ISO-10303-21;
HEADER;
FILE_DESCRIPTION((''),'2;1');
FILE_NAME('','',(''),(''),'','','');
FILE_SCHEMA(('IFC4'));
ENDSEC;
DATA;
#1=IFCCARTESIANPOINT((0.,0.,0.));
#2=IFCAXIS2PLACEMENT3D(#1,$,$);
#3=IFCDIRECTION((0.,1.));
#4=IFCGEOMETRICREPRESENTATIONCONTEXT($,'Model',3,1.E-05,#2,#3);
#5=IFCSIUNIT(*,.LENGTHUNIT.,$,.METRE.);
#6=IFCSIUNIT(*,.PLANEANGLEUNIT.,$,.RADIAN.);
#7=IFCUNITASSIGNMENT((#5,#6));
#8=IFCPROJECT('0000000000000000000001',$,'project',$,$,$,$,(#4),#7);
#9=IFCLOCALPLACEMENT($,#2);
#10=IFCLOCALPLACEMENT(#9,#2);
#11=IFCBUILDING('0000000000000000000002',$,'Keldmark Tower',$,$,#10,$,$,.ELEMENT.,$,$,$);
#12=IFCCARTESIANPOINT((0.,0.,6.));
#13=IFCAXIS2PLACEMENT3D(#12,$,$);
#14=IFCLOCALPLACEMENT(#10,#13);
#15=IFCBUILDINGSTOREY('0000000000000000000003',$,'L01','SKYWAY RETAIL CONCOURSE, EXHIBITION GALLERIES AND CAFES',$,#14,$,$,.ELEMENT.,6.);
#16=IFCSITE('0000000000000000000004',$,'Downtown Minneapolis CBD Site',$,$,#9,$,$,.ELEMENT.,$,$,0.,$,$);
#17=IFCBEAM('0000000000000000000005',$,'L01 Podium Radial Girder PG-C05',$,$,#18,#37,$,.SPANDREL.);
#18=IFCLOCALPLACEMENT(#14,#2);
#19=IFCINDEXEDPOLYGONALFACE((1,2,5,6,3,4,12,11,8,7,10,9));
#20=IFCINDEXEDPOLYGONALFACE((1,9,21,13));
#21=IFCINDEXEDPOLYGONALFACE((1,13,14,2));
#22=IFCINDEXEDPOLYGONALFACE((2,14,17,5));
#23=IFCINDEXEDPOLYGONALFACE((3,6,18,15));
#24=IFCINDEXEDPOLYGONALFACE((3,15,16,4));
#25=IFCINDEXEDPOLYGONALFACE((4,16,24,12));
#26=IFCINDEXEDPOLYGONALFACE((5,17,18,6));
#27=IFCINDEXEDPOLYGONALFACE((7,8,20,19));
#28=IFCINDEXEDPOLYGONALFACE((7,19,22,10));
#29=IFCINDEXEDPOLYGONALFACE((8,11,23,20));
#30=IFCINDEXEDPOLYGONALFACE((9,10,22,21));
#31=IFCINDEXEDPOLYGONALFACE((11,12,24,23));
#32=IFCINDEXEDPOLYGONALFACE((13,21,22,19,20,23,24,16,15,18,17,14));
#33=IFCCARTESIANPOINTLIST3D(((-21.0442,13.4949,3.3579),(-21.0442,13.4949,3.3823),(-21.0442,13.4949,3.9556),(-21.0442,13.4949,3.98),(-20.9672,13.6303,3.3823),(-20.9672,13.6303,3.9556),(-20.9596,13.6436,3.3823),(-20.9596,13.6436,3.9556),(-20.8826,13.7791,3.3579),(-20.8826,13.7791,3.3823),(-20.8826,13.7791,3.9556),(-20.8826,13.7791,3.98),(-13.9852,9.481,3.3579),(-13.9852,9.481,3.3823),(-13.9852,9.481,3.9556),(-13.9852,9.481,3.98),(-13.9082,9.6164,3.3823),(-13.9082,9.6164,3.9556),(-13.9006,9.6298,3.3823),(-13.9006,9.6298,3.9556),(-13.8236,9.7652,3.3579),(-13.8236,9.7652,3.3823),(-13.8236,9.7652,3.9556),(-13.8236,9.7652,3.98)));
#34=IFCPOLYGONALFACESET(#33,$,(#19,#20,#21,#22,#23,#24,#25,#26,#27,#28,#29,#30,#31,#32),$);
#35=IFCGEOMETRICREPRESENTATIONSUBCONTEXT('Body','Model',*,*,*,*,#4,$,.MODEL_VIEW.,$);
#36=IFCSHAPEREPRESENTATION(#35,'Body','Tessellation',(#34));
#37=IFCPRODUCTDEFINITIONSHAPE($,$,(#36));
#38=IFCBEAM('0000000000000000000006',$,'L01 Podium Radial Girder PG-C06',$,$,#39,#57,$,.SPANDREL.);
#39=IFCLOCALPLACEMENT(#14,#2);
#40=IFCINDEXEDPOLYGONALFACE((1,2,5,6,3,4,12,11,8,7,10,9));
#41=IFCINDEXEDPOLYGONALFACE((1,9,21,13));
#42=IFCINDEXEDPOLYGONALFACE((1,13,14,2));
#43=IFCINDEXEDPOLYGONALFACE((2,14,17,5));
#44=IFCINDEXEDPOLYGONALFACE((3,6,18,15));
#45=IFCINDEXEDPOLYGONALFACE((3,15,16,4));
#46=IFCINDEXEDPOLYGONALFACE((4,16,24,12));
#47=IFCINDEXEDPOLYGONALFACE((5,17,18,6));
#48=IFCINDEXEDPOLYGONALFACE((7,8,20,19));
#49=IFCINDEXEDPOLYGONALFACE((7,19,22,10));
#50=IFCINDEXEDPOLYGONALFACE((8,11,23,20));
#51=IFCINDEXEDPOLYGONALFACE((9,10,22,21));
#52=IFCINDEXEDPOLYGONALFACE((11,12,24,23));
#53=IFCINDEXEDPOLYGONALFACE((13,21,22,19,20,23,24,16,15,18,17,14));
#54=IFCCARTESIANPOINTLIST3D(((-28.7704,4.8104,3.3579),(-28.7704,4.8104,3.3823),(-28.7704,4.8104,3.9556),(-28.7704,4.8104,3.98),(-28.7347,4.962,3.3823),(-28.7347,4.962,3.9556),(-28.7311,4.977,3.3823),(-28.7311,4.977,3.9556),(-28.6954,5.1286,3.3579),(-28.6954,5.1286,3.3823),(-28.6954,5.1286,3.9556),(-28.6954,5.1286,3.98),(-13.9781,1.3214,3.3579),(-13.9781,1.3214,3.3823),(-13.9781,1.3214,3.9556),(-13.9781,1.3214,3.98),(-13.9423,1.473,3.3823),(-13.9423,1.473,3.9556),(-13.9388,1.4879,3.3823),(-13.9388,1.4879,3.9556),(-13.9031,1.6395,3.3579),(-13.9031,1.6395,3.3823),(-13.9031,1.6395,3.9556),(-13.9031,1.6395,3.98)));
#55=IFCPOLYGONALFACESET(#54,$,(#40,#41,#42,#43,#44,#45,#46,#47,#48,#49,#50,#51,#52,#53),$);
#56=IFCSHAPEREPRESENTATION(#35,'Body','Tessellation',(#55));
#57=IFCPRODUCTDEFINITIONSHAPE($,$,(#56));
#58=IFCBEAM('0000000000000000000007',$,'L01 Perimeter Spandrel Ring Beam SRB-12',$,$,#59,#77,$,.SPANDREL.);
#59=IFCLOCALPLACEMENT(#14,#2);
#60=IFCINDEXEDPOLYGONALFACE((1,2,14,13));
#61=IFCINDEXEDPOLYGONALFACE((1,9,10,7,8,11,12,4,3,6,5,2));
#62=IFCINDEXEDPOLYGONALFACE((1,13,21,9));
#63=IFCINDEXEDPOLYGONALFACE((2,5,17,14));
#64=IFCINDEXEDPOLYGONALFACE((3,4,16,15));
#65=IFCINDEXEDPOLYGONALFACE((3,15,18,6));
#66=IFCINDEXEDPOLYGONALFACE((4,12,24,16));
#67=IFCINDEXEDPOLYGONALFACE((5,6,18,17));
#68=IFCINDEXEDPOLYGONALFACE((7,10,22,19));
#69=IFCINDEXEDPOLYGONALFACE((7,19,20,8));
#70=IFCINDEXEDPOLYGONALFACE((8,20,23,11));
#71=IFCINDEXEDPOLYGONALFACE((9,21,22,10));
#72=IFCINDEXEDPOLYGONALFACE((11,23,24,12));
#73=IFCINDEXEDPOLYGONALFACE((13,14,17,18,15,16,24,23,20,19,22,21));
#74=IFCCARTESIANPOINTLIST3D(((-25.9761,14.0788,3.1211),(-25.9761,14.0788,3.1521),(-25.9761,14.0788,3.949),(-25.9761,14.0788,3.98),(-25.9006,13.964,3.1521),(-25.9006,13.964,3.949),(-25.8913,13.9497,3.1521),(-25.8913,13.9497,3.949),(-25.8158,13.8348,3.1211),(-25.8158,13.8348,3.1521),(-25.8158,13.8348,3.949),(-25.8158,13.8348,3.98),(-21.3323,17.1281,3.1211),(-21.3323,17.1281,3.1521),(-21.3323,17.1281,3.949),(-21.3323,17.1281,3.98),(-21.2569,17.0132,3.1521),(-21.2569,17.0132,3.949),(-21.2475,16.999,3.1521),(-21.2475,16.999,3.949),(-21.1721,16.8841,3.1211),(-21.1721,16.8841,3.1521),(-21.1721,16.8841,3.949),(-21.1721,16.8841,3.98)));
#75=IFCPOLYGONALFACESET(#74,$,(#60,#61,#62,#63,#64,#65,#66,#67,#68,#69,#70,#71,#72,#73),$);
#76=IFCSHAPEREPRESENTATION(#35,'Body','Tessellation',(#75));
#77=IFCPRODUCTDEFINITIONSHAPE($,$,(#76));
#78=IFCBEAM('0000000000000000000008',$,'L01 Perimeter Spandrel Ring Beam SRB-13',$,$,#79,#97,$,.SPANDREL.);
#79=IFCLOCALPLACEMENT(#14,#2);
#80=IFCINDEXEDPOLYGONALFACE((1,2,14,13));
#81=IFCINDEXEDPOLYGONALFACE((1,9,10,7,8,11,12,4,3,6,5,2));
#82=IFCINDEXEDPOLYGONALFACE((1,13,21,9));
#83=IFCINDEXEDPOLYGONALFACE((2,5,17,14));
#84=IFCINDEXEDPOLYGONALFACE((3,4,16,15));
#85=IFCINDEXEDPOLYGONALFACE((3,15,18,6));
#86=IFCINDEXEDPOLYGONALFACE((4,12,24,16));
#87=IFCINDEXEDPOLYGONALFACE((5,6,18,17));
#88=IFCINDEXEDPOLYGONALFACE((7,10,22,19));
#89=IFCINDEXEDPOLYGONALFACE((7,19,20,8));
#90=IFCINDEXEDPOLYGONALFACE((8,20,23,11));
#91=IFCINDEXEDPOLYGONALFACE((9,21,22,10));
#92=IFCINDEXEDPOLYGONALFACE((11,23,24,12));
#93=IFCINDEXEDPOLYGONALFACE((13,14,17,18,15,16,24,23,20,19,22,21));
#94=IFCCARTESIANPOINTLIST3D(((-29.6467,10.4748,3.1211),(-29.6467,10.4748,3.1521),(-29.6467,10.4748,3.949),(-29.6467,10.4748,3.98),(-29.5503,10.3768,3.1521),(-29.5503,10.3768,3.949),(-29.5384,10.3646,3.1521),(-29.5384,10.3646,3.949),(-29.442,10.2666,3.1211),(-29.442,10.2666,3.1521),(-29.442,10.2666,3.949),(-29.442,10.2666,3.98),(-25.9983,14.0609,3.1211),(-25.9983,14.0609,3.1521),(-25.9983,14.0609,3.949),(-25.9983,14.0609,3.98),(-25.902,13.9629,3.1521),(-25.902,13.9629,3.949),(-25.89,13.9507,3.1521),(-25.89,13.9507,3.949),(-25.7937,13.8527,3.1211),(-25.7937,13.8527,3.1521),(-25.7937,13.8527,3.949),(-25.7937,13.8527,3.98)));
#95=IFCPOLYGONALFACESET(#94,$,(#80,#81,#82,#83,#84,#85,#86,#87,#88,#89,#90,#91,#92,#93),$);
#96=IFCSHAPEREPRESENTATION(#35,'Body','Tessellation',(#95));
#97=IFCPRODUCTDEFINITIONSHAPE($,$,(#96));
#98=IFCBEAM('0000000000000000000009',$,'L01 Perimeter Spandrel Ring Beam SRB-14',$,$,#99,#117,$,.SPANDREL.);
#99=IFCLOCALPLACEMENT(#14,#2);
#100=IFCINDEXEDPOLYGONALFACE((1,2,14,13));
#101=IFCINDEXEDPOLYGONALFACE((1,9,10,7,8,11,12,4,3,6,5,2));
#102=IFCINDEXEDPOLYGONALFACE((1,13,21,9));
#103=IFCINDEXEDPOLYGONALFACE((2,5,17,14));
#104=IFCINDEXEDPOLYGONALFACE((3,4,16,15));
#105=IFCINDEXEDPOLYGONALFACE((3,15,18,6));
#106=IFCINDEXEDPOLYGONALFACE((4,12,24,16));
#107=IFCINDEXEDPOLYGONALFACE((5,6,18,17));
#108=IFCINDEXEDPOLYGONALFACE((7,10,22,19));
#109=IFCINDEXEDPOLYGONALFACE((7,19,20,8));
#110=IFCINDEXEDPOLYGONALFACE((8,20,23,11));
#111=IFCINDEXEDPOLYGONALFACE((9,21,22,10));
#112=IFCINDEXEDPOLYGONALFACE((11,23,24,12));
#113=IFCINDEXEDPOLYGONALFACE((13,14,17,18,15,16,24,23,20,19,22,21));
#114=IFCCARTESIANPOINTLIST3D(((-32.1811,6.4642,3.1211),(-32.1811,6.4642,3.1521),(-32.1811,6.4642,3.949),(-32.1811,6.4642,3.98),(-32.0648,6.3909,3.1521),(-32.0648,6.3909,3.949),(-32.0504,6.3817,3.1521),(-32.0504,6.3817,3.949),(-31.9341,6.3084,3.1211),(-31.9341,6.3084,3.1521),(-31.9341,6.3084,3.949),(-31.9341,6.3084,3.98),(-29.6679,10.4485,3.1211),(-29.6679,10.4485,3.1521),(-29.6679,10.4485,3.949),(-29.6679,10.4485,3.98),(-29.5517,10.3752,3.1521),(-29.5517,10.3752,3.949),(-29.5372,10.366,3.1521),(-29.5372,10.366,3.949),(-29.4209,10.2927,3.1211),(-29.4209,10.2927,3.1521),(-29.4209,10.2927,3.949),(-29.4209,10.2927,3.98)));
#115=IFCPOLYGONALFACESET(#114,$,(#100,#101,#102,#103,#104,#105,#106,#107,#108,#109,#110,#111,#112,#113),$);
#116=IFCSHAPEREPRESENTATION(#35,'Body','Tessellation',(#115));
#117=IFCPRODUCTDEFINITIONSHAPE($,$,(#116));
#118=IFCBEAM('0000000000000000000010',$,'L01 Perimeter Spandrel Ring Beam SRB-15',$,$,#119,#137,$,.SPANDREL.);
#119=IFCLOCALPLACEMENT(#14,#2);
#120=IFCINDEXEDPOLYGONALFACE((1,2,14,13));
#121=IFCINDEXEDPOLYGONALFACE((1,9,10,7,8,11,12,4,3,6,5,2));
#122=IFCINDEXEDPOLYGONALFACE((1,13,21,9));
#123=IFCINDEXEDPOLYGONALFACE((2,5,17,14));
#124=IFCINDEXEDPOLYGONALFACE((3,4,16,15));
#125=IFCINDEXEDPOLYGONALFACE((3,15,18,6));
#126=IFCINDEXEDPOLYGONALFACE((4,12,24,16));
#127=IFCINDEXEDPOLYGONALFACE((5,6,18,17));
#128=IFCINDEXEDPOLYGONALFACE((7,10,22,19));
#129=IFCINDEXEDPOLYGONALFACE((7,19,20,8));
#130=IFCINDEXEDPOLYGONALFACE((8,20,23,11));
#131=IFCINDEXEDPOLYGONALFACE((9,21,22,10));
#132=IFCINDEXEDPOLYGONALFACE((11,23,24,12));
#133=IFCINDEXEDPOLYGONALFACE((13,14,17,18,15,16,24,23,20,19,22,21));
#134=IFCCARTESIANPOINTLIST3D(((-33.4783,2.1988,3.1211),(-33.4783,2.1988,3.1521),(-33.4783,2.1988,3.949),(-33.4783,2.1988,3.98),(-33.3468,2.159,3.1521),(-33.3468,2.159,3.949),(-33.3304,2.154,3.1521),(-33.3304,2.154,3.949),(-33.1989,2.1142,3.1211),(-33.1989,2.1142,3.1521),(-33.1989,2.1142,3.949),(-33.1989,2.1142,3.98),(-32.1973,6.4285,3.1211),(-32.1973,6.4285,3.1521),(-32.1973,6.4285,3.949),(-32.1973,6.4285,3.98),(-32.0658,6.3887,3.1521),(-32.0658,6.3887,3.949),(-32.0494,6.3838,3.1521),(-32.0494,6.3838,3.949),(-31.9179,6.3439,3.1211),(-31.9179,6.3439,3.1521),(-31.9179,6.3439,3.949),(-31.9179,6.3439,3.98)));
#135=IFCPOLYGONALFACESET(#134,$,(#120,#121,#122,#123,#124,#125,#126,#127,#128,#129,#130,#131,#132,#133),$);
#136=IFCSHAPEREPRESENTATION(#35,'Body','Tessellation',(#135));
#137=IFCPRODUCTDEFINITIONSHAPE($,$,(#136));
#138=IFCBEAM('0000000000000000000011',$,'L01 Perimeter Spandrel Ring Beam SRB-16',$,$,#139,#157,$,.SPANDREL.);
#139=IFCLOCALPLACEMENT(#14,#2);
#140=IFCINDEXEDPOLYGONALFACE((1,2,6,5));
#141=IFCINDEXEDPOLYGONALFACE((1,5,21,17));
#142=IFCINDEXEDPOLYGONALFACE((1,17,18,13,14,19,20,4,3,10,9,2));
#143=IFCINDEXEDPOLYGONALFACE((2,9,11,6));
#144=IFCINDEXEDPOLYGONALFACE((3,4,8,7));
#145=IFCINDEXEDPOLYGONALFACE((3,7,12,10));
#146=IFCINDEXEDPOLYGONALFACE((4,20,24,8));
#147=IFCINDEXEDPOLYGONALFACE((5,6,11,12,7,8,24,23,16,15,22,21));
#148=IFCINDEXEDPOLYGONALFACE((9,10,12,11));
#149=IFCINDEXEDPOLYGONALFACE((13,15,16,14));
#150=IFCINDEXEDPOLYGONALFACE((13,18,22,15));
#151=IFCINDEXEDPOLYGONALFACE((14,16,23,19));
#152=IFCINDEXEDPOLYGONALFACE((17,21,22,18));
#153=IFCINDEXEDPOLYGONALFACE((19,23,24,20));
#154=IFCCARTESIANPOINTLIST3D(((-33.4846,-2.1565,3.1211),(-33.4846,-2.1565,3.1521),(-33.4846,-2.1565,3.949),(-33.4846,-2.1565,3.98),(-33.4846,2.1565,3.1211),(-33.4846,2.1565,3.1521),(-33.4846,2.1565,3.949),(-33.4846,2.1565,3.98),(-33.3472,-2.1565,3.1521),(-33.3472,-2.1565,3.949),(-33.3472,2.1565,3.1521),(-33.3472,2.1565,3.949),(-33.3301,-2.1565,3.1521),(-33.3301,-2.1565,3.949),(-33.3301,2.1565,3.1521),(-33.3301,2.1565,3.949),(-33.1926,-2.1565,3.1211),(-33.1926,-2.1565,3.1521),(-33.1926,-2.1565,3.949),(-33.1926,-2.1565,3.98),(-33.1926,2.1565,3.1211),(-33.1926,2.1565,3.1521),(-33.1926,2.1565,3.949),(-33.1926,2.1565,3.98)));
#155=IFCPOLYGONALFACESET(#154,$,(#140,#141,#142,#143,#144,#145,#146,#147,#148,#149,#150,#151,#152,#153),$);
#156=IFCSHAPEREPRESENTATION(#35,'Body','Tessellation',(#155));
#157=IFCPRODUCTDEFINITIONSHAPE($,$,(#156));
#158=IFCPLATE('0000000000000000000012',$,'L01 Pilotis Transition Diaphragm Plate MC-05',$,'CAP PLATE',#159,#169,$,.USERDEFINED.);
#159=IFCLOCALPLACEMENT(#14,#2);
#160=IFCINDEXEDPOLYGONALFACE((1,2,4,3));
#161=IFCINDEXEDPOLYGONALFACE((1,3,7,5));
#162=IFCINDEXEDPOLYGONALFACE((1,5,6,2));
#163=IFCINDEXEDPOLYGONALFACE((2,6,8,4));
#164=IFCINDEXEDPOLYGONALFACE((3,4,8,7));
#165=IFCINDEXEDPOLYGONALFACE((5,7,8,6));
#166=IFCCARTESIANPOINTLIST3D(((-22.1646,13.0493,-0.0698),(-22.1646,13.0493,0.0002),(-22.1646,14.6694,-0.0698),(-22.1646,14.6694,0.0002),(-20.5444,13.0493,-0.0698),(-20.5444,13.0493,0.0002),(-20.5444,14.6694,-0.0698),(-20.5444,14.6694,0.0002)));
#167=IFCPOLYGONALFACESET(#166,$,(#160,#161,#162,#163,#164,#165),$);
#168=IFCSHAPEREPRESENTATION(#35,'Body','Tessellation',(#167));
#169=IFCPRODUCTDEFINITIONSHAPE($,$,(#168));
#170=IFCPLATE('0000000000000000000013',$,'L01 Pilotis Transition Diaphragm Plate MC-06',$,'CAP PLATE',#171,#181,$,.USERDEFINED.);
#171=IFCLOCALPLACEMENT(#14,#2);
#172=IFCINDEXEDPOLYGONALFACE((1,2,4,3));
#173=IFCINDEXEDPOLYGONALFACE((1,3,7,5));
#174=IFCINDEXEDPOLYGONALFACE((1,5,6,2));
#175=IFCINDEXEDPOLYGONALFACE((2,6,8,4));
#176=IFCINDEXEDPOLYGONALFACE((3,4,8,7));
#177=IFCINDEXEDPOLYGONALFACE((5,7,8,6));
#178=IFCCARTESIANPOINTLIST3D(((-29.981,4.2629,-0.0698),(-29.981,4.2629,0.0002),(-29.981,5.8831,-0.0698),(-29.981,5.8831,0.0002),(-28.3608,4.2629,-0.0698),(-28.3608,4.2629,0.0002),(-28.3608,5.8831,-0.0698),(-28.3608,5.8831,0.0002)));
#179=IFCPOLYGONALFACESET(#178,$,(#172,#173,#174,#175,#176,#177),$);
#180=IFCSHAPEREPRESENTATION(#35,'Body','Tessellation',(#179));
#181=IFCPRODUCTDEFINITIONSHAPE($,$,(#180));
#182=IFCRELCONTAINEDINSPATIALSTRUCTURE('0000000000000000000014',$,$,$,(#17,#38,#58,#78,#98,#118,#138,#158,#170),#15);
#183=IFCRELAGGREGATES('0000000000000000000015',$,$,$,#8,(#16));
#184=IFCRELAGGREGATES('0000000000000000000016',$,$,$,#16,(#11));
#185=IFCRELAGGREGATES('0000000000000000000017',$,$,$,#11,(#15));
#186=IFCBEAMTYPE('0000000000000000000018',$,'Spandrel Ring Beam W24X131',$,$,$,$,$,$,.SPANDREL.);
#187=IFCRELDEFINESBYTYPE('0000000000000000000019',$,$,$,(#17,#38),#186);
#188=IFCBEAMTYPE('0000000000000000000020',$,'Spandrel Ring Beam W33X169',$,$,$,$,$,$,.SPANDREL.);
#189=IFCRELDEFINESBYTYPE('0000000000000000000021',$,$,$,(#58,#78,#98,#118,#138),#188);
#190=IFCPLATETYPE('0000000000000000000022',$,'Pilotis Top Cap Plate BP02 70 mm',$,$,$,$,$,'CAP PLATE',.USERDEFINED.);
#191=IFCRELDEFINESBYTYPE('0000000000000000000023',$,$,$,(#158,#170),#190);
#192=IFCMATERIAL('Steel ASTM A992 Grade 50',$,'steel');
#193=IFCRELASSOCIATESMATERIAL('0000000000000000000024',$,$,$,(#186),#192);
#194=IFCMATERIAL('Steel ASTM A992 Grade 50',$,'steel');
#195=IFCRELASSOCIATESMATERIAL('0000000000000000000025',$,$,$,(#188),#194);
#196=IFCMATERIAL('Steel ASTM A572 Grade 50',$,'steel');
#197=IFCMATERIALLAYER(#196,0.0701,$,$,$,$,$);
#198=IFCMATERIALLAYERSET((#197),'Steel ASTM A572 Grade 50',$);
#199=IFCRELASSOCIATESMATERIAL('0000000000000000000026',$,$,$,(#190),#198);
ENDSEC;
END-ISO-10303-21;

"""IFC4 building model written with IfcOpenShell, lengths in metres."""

from ifc_helpers import new_model, si_unit, direction, frame, origin, origin_2d, place, context, subcontext, project, spatial, rectangle, i_section, extrude, material, layer, layer_set, material_profile, profile_set, type_object, element, save


model = new_model("IFC4")

# Units and contexts
model_context = context("Model", 3, precision=1e-05, world=origin(), true_north=direction((0.0, 1.0)))
body_context = subcontext(model_context, "Body", "Model", "MODEL_VIEW")
ifc_project = project(units=[si_unit("LENGTHUNIT", "METRE"), si_unit("PLANEANGLEUNIT", "RADIAN")], contexts=[model_context])

# Site, building, storey
site_placement = place(None, origin())
site = spatial("IfcSite", under=ifc_project, at=site_placement, Name="Downtown Minneapolis CBD Site", CompositionType="ELEMENT", RefElevation=0.0)
building_placement = place(site_placement, origin())
building = spatial("IfcBuilding", under=site, at=building_placement, Name="Keldmark Tower", CompositionType="ELEMENT")
storey_placement = place(building_placement, frame((0.0, 0.0, 6.0)))
storey = spatial("IfcBuildingStorey", under=building, at=storey_placement, Name="L01", Description="SKYWAY RETAIL CONCOURSE, EXHIBITION GALLERIES AND CAFES", CompositionType="ELEMENT", Elevation=6.0)

# Beams
ifc_material_1 = material(Name="Steel ASTM A992 Grade 50", Category="steel")
ifc_material_profile_1 = material_profile(ifc_material_1, i_section(OverallWidth=0.3269, OverallDepth=0.6221, WebThickness=0.0154, FlangeThickness=0.0244, at=origin_2d()), Name="W24X131")
ifc_profile_set_1 = profile_set([ifc_material_profile_1], Name="Steel ASTM A992 Grade 50")
beam_type_1 = type_object("IfcBeamType", Name="Spandrel Ring Beam W24X131", PredefinedType="SPANDREL", material=ifc_profile_set_1)
beam_1_placement = place(storey_placement, frame((-20.9634, 13.637, 3.6689), z_axis=(0.869294, -0.494296, 0.0), x_axis=(0.494296, 0.869294, 0.0)))
element("IfcBeam", 1, at=beam_1_placement, inside=storey, type_object=beam_type_1, Name="L01 Podium Radial Girder PG-C05", PredefinedType="SPANDREL", context=body_context, shape_type="SweptSolid", body=[
    extrude(i_section(OverallWidth=0.3269, OverallDepth=0.6221, WebThickness=0.0154, FlangeThickness=0.0244, at=origin_2d()), origin(), (0.0, 0.0, 1.0), 8.1204),
])
beam_2_placement = place(storey_placement, frame((-28.7329, 4.9695, 3.6689), z_axis=(0.973293, -0.229568, 0.0), x_axis=(0.229568, 0.973293, 0.0)))
element("IfcBeam", 2, at=beam_2_placement, inside=storey, type_object=beam_type_1, Name="L01 Podium Radial Girder PG-C06", PredefinedType="SPANDREL", context=body_context, shape_type="SweptSolid", body=[
    extrude(i_section(OverallWidth=0.3269, OverallDepth=0.6221, WebThickness=0.0154, FlangeThickness=0.0244, at=origin_2d()), origin(), (0.0, 0.0, 1.0), 15.1982),
])
ifc_material_2 = material(Name="Steel ASTM A992 Grade 50", Category="steel")
ifc_material_profile_2 = material_profile(ifc_material_2, i_section(OverallWidth=0.292, OverallDepth=0.8589, WebThickness=0.0171, FlangeThickness=0.031, at=origin_2d()), Name="W33X169")
ifc_profile_set_2 = profile_set([ifc_material_profile_2], Name="Steel ASTM A992 Grade 50")
beam_type_2 = type_object("IfcBeamType", Name="Spandrel Ring Beam W33X169", PredefinedType="SPANDREL", material=ifc_profile_set_2)
beam_3_placement = place(storey_placement, frame((-21.2522, 17.0061, 3.5505), z_axis=(-0.835897, -0.548886, 0.0), x_axis=(0.548886, -0.835897, 0.0)))
element("IfcBeam", 3, at=beam_3_placement, inside=storey, type_object=beam_type_2, Name="L01 Perimeter Spandrel Ring Beam SRB-12", PredefinedType="SPANDREL", context=body_context, shape_type="SweptSolid", body=[
    extrude(i_section(OverallWidth=0.292, OverallDepth=0.8589, WebThickness=0.0171, FlangeThickness=0.031, at=origin_2d()), origin(), (0.0, 0.0, 1.0), 5.5554),
])
beam_4_placement = place(storey_placement, frame((-25.896, 13.9568, 3.5505), z_axis=(-0.713165, -0.700996, 0.0), x_axis=(0.700996, -0.713165, 0.0)))
element("IfcBeam", 4, at=beam_4_placement, inside=storey, type_object=beam_type_2, Name="L01 Perimeter Spandrel Ring Beam SRB-13", PredefinedType="SPANDREL", context=body_context, shape_type="SweptSolid", body=[
    extrude(i_section(OverallWidth=0.292, OverallDepth=0.8589, WebThickness=0.0171, FlangeThickness=0.031, at=origin_2d()), origin(), (0.0, 0.0, 1.0), 5.1157),
])
beam_5_placement = place(storey_placement, frame((-29.5444, 10.3706, 3.5505), z_axis=(-0.533498, -0.845802, 0.0), x_axis=(0.845802, -0.533498, 0.0)))
element("IfcBeam", 5, at=beam_5_placement, inside=storey, type_object=beam_type_2, Name="L01 Perimeter Spandrel Ring Beam SRB-14", PredefinedType="SPANDREL", context=body_context, shape_type="SweptSolid", body=[
    extrude(i_section(OverallWidth=0.292, OverallDepth=0.8589, WebThickness=0.0171, FlangeThickness=0.031, at=origin_2d()), origin(), (0.0, 0.0, 1.0), 4.7107),
])
beam_6_placement = place(storey_placement, frame((-32.0576, 6.3862, 3.5505), z_axis=(-0.289856, -0.95707, 0.0), x_axis=(0.95707, -0.289856, 0.0)))
element("IfcBeam", 6, at=beam_6_placement, inside=storey, type_object=beam_type_2, Name="L01 Perimeter Spandrel Ring Beam SRB-15", PredefinedType="SPANDREL", context=body_context, shape_type="SweptSolid", body=[
    extrude(i_section(OverallWidth=0.292, OverallDepth=0.8589, WebThickness=0.0171, FlangeThickness=0.031, at=origin_2d()), origin(), (0.0, 0.0, 1.0), 4.4194),
])
beam_7_placement = place(storey_placement, frame((-33.3386, 2.1565, 3.5505), z_axis=(0.0, -1.0, 0.0), x_axis=(1.0, 0.0, 0.0)))
element("IfcBeam", 7, at=beam_7_placement, inside=storey, type_object=beam_type_2, Name="L01 Perimeter Spandrel Ring Beam SRB-16", PredefinedType="SPANDREL", context=body_context, shape_type="SweptSolid", body=[
    extrude(i_section(OverallWidth=0.292, OverallDepth=0.8589, WebThickness=0.0171, FlangeThickness=0.031, at=origin_2d()), origin(), (0.0, 0.0, 1.0), 4.313),
])

# Plates
ifc_material_3 = material(Name="Steel ASTM A572 Grade 50", Category="steel")
ifc_layer_1 = layer(ifc_material_3, 0.0701)
ifc_layer_set_1 = layer_set([ifc_layer_1], Name="Steel ASTM A572 Grade 50")
plate_type = type_object("IfcPlateType", Name="Pilotis Top Cap Plate BP02 70 mm", ElementType="CAP PLATE", PredefinedType="USERDEFINED", material=ifc_layer_set_1)
for number, where, z_axis, x_axis, name in (
    (8, (-21.3545, 13.8594, -0.0698), (0.0, 0.0, 1.0), (1.0, 0.0, 0.0), "L01 Pilotis Transition Diaphragm Plate MC-05"),
    (9, (-29.1709, 5.073, -0.0698), (0.0, 0.0, 1.0), (1.0, 0.0, 0.0), "L01 Pilotis Transition Diaphragm Plate MC-06"),
):
    element("IfcPlate", number, at=place(storey_placement, frame(where, z_axis=z_axis, x_axis=x_axis)), inside=storey, type_object=plate_type, Name=name, ObjectType="CAP PLATE", PredefinedType="USERDEFINED", context=body_context, shape_type="SweptSolid", body=[
        extrude(rectangle(XDim=1.6201, YDim=1.6201, at=origin_2d()), origin(), (0.0, 0.0, 1.0), 0.0701),
    ])

save(model, "model.ifc")
